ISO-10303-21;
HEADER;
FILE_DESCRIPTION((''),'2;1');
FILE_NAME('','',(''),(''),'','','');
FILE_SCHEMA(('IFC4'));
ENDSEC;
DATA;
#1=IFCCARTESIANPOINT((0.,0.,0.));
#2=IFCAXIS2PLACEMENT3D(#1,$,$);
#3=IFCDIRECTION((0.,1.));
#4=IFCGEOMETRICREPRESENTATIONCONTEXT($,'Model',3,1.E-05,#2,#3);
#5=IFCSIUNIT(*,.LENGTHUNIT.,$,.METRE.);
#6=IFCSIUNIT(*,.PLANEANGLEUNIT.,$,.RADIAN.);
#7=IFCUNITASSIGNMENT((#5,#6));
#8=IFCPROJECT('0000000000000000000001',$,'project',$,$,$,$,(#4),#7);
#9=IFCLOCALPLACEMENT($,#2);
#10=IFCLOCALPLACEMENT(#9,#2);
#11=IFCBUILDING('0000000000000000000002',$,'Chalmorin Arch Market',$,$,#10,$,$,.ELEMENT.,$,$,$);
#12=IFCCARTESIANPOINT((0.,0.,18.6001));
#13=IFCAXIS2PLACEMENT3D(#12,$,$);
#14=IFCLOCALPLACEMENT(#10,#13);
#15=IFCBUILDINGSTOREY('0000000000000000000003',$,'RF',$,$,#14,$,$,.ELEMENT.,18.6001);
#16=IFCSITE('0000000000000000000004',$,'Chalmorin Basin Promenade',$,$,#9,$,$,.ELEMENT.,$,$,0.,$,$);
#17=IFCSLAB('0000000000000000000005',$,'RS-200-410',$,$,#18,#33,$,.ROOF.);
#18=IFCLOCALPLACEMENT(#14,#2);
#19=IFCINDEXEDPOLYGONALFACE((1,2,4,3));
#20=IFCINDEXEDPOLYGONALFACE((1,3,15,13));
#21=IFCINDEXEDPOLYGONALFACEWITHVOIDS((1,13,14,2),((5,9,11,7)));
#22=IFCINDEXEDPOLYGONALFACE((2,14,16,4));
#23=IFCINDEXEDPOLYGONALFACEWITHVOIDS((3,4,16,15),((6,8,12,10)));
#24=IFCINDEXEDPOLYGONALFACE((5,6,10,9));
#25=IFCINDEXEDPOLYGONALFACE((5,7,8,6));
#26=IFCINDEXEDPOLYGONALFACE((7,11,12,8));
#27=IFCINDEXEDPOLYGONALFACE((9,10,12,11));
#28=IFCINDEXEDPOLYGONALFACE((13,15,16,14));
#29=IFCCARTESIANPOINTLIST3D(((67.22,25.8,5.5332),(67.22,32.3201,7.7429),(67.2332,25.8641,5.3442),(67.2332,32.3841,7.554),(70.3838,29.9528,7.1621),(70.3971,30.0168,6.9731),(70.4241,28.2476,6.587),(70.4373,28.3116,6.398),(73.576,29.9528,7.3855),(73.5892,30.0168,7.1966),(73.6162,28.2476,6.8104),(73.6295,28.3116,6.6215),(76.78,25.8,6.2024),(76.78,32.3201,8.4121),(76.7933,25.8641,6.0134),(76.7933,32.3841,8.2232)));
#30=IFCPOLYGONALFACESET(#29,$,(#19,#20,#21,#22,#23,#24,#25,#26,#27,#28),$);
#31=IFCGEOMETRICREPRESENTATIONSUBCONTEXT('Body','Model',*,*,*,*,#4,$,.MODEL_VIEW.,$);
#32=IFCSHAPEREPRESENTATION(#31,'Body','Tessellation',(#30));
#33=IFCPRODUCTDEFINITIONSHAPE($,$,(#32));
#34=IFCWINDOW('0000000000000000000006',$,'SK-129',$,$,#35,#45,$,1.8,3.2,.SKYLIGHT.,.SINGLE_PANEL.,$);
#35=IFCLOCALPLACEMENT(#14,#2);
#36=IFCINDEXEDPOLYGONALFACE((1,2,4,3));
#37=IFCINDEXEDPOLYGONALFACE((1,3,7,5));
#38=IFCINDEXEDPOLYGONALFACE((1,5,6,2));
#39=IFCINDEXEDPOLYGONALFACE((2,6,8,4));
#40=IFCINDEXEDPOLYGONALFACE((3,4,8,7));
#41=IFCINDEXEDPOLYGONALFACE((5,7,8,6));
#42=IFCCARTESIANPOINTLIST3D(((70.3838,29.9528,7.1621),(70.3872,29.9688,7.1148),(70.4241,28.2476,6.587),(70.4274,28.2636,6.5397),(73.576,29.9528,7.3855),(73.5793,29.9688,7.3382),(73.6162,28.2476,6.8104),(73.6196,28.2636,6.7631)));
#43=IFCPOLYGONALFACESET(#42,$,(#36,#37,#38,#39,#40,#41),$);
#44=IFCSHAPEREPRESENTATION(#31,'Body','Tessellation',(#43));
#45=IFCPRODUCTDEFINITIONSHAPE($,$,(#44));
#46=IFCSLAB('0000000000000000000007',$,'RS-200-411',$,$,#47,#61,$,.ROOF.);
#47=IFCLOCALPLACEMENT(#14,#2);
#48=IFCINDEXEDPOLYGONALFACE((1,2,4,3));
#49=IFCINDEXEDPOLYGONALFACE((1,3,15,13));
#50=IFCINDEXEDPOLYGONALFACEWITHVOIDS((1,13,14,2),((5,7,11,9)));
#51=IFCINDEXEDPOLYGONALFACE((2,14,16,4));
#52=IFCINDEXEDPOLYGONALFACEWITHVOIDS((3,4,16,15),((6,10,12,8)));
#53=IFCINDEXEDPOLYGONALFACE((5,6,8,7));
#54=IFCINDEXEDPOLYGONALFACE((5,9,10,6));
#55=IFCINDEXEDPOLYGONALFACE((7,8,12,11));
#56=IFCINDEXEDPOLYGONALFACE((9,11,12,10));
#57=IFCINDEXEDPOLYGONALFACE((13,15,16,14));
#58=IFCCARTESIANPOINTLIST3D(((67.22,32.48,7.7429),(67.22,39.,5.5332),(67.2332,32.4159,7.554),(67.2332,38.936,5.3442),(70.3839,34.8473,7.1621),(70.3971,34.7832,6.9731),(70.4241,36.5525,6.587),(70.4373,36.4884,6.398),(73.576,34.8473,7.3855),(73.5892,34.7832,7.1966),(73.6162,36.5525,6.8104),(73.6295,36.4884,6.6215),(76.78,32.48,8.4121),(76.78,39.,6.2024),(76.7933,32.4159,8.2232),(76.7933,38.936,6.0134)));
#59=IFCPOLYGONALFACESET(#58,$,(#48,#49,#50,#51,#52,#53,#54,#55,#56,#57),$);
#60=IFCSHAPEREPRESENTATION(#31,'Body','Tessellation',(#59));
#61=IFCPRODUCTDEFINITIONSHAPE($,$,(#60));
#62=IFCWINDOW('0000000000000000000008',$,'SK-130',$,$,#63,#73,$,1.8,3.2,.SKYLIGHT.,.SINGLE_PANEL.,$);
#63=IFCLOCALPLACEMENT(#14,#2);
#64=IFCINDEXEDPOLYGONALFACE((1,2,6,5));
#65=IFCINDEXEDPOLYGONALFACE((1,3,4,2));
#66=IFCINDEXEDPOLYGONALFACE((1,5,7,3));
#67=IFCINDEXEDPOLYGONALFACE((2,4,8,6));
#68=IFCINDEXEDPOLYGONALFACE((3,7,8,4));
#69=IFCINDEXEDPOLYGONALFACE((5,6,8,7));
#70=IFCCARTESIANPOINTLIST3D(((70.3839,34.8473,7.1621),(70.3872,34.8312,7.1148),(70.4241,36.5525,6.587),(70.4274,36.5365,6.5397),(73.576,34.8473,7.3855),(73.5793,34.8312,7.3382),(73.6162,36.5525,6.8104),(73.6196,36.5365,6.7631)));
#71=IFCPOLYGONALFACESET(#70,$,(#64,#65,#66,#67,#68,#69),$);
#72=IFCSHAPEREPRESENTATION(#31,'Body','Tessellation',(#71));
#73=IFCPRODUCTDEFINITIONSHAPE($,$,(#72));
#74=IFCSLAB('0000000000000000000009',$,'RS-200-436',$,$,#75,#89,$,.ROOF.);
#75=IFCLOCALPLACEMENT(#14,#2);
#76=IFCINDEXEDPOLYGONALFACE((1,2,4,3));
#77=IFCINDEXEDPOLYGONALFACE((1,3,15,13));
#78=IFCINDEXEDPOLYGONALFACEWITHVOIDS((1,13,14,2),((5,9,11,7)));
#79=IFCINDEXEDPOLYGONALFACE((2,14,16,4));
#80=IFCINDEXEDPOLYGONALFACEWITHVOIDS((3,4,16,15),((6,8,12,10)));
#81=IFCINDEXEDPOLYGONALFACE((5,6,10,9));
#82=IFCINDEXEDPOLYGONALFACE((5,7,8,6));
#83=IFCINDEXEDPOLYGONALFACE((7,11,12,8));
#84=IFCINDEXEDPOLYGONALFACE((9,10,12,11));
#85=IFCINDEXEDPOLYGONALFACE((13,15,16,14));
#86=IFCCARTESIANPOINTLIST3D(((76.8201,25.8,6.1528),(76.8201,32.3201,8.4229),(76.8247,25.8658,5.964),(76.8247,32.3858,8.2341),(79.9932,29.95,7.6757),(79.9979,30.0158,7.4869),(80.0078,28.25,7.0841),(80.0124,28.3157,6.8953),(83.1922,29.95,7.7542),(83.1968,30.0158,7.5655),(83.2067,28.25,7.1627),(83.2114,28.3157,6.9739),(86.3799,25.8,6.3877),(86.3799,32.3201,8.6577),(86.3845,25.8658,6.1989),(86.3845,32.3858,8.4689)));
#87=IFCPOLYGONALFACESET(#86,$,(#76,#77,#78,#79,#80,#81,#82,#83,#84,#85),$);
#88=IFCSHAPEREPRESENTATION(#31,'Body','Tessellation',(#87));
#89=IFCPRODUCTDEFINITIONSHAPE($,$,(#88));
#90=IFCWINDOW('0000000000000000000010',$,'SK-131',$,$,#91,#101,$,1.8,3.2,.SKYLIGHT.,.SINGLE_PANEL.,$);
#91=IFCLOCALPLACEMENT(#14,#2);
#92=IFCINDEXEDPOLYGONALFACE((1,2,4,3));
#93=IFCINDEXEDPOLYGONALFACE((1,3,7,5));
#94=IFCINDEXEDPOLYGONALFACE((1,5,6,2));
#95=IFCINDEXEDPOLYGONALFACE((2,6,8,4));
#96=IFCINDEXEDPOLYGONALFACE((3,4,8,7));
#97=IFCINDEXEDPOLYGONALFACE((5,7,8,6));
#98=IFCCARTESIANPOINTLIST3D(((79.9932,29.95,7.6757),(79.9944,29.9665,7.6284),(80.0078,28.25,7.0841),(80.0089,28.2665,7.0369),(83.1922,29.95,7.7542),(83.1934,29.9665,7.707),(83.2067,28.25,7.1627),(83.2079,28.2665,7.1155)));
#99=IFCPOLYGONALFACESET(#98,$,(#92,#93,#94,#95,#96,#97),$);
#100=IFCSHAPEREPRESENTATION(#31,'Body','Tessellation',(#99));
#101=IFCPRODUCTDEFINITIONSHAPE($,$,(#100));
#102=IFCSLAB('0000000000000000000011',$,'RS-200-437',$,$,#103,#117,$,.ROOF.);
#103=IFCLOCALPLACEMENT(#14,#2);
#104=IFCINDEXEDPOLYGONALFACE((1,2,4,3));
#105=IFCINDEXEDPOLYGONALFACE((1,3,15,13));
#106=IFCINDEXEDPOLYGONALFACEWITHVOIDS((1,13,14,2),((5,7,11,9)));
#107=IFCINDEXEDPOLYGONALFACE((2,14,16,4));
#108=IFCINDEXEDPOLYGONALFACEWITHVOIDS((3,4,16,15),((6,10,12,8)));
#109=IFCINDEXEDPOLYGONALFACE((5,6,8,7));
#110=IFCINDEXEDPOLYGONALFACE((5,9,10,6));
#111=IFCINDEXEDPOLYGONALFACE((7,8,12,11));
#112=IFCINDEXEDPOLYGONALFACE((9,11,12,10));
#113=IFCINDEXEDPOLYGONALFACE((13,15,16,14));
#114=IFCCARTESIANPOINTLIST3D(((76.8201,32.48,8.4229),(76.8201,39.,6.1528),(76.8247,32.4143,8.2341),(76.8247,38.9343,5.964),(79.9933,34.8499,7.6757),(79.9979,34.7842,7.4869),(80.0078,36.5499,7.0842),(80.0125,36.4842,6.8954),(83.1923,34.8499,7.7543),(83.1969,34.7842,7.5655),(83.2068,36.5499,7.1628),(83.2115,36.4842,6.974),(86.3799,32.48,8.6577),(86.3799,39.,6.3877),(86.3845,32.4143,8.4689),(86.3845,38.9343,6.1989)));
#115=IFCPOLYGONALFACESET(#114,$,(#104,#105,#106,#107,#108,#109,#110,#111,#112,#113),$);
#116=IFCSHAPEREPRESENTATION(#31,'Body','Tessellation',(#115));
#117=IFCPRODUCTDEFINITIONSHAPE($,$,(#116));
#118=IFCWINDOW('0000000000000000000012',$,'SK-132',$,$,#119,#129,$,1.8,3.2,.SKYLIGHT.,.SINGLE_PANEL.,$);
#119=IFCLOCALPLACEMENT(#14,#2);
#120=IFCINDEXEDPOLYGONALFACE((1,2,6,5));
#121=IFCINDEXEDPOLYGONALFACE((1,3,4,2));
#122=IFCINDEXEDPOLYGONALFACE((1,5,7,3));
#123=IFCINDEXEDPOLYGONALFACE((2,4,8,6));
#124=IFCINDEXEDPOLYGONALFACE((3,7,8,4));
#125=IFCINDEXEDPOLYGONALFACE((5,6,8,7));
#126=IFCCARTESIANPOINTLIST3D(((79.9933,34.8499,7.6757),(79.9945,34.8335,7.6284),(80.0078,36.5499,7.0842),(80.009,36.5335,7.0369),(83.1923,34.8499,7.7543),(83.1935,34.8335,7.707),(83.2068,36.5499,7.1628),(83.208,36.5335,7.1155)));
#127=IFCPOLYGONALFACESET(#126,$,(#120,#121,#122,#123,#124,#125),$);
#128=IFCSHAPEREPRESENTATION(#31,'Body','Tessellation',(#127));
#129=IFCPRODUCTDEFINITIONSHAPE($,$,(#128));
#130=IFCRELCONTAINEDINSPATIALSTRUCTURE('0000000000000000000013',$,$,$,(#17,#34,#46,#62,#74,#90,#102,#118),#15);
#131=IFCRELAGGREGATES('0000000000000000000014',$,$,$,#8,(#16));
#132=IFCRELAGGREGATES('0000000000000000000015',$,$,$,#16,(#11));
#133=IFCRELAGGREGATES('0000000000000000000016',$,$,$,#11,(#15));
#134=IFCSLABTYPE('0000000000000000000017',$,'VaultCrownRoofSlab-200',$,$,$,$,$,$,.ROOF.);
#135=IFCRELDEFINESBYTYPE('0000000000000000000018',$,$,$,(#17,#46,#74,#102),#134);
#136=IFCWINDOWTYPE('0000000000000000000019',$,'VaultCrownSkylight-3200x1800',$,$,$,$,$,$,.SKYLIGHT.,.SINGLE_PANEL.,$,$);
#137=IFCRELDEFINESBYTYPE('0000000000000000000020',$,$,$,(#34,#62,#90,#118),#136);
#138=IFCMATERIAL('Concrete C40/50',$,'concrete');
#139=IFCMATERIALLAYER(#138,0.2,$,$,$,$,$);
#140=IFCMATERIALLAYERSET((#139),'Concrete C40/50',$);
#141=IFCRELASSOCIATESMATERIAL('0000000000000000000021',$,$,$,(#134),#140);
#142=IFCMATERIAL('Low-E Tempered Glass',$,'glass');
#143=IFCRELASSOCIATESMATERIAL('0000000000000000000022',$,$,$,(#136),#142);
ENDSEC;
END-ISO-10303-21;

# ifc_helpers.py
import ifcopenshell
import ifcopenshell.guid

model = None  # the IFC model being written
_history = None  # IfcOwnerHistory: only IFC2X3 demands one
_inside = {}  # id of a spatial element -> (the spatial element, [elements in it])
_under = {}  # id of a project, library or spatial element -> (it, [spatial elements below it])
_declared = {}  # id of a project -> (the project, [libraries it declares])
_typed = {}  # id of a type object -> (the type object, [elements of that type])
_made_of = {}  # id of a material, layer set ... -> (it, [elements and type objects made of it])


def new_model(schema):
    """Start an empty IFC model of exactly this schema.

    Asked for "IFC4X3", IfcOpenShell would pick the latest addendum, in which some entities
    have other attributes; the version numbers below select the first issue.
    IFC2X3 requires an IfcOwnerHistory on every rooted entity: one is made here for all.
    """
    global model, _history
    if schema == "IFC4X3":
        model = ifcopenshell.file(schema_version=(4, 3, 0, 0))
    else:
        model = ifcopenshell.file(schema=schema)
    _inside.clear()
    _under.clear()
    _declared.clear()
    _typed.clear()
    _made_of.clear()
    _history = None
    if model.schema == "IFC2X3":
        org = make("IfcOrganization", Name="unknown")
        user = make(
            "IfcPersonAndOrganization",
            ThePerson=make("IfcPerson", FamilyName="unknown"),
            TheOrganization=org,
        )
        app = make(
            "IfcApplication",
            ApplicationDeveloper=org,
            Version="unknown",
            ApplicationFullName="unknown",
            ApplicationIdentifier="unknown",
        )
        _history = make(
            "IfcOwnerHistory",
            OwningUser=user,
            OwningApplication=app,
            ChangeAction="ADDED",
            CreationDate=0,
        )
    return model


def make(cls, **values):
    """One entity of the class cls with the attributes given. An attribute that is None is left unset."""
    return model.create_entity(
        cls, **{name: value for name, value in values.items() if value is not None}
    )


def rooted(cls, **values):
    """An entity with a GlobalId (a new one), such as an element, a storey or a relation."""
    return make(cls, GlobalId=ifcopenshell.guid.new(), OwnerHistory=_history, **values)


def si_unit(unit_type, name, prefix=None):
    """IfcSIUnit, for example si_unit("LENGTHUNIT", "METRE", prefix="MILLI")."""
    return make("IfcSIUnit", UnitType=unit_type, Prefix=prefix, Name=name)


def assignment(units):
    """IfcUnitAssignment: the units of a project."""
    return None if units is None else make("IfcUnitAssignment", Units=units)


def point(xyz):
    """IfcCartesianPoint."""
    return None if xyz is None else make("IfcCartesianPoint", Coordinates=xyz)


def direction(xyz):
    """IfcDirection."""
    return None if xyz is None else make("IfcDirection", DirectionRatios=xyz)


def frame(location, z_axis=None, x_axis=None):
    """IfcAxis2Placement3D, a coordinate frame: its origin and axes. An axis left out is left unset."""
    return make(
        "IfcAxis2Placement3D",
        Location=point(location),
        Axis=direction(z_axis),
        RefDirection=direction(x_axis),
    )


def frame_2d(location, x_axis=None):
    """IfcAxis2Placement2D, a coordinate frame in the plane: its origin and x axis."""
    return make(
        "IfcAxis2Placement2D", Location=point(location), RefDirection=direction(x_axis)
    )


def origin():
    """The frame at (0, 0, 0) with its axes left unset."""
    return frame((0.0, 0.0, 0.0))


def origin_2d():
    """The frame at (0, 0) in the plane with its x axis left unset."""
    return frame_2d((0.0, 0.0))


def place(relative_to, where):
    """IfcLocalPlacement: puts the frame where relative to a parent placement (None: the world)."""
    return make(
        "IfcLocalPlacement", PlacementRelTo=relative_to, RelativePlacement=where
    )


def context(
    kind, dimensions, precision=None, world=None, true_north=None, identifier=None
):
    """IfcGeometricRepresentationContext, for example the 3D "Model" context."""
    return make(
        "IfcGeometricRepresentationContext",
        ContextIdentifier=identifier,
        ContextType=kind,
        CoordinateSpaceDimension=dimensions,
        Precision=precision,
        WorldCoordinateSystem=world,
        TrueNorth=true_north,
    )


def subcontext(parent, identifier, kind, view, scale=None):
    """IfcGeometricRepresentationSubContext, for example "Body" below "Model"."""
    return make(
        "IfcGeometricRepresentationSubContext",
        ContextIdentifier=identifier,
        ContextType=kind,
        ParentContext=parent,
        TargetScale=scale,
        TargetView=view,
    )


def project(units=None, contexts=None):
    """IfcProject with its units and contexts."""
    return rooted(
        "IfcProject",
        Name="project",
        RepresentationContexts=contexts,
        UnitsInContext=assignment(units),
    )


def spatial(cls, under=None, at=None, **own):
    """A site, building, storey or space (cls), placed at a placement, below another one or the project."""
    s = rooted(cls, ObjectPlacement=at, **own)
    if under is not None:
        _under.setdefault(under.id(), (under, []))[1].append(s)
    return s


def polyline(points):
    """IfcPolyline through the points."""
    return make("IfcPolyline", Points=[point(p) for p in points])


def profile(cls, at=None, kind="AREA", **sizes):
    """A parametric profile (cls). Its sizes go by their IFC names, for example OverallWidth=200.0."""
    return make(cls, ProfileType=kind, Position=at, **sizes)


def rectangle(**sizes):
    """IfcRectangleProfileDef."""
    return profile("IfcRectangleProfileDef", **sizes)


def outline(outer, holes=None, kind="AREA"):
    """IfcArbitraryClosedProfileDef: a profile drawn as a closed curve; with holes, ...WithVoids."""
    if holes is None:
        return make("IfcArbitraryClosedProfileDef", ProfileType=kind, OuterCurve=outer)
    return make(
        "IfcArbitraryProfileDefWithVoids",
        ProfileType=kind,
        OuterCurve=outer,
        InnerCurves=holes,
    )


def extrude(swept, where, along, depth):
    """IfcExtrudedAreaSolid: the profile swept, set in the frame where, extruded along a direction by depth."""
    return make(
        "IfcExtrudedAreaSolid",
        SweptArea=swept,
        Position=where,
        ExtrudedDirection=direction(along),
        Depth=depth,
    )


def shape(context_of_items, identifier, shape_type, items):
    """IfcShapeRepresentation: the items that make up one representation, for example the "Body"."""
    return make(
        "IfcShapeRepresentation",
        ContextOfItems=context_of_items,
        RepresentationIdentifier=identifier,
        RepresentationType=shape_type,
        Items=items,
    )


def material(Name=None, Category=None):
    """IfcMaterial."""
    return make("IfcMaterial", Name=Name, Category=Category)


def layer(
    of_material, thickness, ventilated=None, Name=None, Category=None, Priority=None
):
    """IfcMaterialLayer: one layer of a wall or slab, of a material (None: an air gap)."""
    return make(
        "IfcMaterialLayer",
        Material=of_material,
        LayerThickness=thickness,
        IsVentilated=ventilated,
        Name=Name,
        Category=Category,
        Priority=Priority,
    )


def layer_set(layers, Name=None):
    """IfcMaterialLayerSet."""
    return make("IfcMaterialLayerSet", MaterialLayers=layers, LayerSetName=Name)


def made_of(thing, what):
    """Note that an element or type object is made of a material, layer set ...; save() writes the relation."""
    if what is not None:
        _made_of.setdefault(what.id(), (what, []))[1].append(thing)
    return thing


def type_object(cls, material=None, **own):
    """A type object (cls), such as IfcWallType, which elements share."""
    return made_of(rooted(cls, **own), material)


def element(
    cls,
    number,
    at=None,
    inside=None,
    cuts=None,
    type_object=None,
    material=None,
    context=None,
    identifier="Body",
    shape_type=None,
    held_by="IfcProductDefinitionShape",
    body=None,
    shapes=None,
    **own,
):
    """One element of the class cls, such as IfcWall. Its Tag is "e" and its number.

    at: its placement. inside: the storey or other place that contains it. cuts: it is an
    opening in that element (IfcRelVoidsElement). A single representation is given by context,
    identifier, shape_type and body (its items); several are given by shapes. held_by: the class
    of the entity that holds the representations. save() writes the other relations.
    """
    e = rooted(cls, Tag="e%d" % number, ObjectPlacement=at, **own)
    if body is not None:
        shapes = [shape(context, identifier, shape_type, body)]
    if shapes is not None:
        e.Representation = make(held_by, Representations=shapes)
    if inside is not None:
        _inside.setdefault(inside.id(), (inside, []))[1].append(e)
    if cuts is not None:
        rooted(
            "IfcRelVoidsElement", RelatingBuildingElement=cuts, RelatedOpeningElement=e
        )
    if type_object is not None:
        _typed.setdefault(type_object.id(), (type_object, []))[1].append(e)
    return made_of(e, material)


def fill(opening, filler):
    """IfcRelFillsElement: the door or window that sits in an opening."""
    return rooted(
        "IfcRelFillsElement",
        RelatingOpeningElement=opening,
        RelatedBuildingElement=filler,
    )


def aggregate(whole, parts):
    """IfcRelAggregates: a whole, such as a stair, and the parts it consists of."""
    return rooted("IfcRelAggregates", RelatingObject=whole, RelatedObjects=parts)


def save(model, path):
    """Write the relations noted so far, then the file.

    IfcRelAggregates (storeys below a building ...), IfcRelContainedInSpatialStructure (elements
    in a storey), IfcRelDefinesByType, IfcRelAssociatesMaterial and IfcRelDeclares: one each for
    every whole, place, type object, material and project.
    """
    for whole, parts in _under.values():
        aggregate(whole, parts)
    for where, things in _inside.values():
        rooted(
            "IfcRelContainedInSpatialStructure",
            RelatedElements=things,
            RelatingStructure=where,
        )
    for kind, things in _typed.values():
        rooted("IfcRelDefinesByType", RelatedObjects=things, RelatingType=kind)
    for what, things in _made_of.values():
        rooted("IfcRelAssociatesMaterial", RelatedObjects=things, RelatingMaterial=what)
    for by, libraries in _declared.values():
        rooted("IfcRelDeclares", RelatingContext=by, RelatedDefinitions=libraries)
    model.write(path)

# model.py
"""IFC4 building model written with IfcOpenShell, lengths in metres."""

from ifc_helpers import new_model, si_unit, direction, frame, origin, origin_2d, place, context, subcontext, project, spatial, polyline, rectangle, outline, extrude, material, layer, layer_set, type_object, element, fill, save


model = new_model("IFC4")

# Units and contexts
model_context = context("Model", 3, precision=1e-05, world=origin(), true_north=direction((0.0, 1.0)))
body_context = subcontext(model_context, "Body", "Model", "MODEL_VIEW")
ifc_project = project(units=[si_unit("LENGTHUNIT", "METRE"), si_unit("PLANEANGLEUNIT", "RADIAN")], contexts=[model_context])

# Site, building, storey
site_placement = place(None, origin())
site = spatial("IfcSite", under=ifc_project, at=site_placement, Name="Chalmorin Basin Promenade", CompositionType="ELEMENT", RefElevation=0.0)
building_placement = place(site_placement, origin())
building = spatial("IfcBuilding", under=site, at=building_placement, Name="Chalmorin Arch Market", CompositionType="ELEMENT")
storey_placement = place(building_placement, frame((0.0, 0.0, 18.6001)))
storey = spatial("IfcBuildingStorey", under=building, at=storey_placement, Name="RF", CompositionType="ELEMENT", Elevation=18.6001)

# Slabs, openings, windows
ifc_material_1 = material(Name="Concrete C40/50", Category="concrete")
ifc_layer = layer(ifc_material_1, 0.2)
ifc_layer_set = layer_set([ifc_layer], Name="Concrete C40/50")
slab_type = type_object("IfcSlabType", Name="VaultCrownRoofSlab-200", PredefinedType="ROOF", material=ifc_layer_set)
slab_1_placement = place(storey_placement, frame((67.22, 25.8, 5.5332), z_axis=(-0.066149, -0.320276, 0.945012), x_axis=(0.997559, 0.0, 0.069828)))
slab_1 = element("IfcSlab", 1, at=slab_1_placement, inside=storey, type_object=slab_type, Name="RS-200-410", PredefinedType="ROOF", context=body_context, shape_type="SweptSolid", body=[
    extrude(outline(polyline([(0.0, 0.0), (9.5835, 0.0), (9.7378, 6.8826), (0.1543, 6.8826), (0.0, 0.0)])), origin(), (0.0, 0.0, -1.0), 0.2),
])
opening_1_placement = place(slab_1_placement, frame((4.8699, 3.4836, -0.2148)))
opening_1 = element("IfcOpeningElement", 2, at=opening_1_placement, cuts=slab_1, PredefinedType="OPENING", context=body_context, shape_type="SweptSolid", body=[
    extrude(rectangle(XDim=3.2, YDim=1.8, at=origin_2d()), origin(), (0.0, 0.0, 1.0), 0.23),
])
ifc_material_2 = material(Name="Low-E Tempered Glass", Category="glass")
window_type = type_object("IfcWindowType", Name="VaultCrownSkylight-3200x1800", PartitioningType="SINGLE_PANEL", PredefinedType="SKYLIGHT", material=ifc_material_2)
window_1_placement = place(slab_1_placement, frame((4.8699, 3.4836, -0.05)))
window_1 = element("IfcWindow", 3, at=window_1_placement, inside=storey, type_object=window_type, Name="SK-129", OverallHeight=1.8, OverallWidth=3.2, PartitioningType="SINGLE_PANEL", PredefinedType="SKYLIGHT", context=body_context, shape_type="SweptSolid", body=[
    extrude(rectangle(XDim=3.2, YDim=1.8, at=origin_2d()), origin(), (0.0, 0.0, 1.0), 0.05),
])
fill(opening_1, window_1)
slab_2_placement = place(storey_placement, frame((67.22, 32.48, 7.7429), z_axis=(-0.066149, 0.320276, 0.945012), x_axis=(0.997559, 0.0, 0.069828)))
slab_2 = element("IfcSlab", 4, at=slab_2_placement, inside=storey, type_object=slab_type, Name="RS-200-411", PredefinedType="ROOF", context=body_context, shape_type="SweptSolid", body=[
    extrude(outline(polyline([(0.0, 0.0), (9.5835, 0.0), (9.4292, 6.8826), (-0.1543, 6.8826), (0.0, 0.0)])), origin(), (0.0, 0.0, -1.0), 0.2),
])
opening_2_placement = place(slab_2_placement, frame((4.7156, 3.3989, -0.2148)))
opening_2 = element("IfcOpeningElement", 5, at=opening_2_placement, cuts=slab_2, PredefinedType="OPENING", context=body_context, shape_type="SweptSolid", body=[
    extrude(rectangle(XDim=3.2, YDim=1.8, at=origin_2d()), origin(), (0.0, 0.0, 1.0), 0.23),
])
window_2_placement = place(slab_2_placement, frame((4.7156, 3.3989, -0.05)))
window_2 = element("IfcWindow", 6, at=window_2_placement, inside=storey, type_object=window_type, Name="SK-130", OverallHeight=1.8, OverallWidth=3.2, PartitioningType="SINGLE_PANEL", PredefinedType="SKYLIGHT", context=body_context, shape_type="SweptSolid", body=[
    extrude(rectangle(XDim=3.2, YDim=1.8, at=origin_2d()), origin(), (0.0, 0.0, 1.0), 0.05),
])
fill(opening_2, window_2)
slab_3_placement = place(storey_placement, frame((76.8201, 25.8, 6.1528), z_axis=(-0.023196, -0.328715, 0.944144), x_axis=(0.999698, 0.0, 0.02456)))
slab_3 = element("IfcSlab", 7, at=slab_3_placement, inside=storey, type_object=slab_type, Name="RS-200-436", PredefinedType="ROOF", context=body_context, shape_type="SweptSolid", body=[
    extrude(outline(polyline([(0.0, 0.0), (9.5627, 0.0), (9.6185, 6.9037), (0.0558, 6.9037), (0.0, 0.0)])), origin(), (0.0, 0.0, -1.0), 0.2),
])
opening_3_placement = place(slab_3_placement, frame((4.8096, 3.4941, -0.2148)))
opening_3 = element("IfcOpeningElement", 8, at=opening_3_placement, cuts=slab_3, PredefinedType="OPENING", context=body_context, shape_type="SweptSolid", body=[
    extrude(rectangle(XDim=3.2, YDim=1.8, at=origin_2d()), origin(), (0.0, 0.0, 1.0), 0.23),
])
window_3_placement = place(slab_3_placement, frame((4.8096, 3.4941, -0.05)))
window_3 = element("IfcWindow", 9, at=window_3_placement, inside=storey, type_object=window_type, Name="SK-131", OverallHeight=1.8, OverallWidth=3.2, PartitioningType="SINGLE_PANEL", PredefinedType="SKYLIGHT", context=body_context, shape_type="SweptSolid", body=[
    extrude(rectangle(XDim=3.2, YDim=1.8, at=origin_2d()), origin(), (0.0, 0.0, 1.0), 0.05),
])
fill(opening_3, window_3)
slab_4_placement = place(storey_placement, frame((76.8201, 32.48, 8.4229), z_axis=(-0.023196, 0.328715, 0.944144), x_axis=(0.999698, 0.0, 0.02456)))
slab_4 = element("IfcSlab", 10, at=slab_4_placement, inside=storey, type_object=slab_type, Name="RS-200-437", PredefinedType="ROOF", context=body_context, shape_type="SweptSolid", body=[
    extrude(outline(polyline([(0.0, 0.0), (9.5627, 0.0), (9.5069, 6.9037), (-0.0558, 6.9037), (0.0, 0.0)])), origin(), (0.0, 0.0, -1.0), 0.2),
])
opening_4_placement = place(slab_4_placement, frame((4.7539, 3.4094, -0.2148)))
opening_4 = element("IfcOpeningElement", 11, at=opening_4_placement, cuts=slab_4, PredefinedType="OPENING", context=body_context, shape_type="SweptSolid", body=[
    extrude(rectangle(XDim=3.2, YDim=1.8, at=origin_2d()), origin(), (0.0, 0.0, 1.0), 0.23),
])
window_4_placement = place(slab_4_placement, frame((4.7539, 3.4094, -0.05)))
window_4 = element("IfcWindow", 12, at=window_4_placement, inside=storey, type_object=window_type, Name="SK-132", OverallHeight=1.8, OverallWidth=3.2, PartitioningType="SINGLE_PANEL", PredefinedType="SKYLIGHT", context=body_context, shape_type="SweptSolid", body=[
    extrude(rectangle(XDim=3.2, YDim=1.8, at=origin_2d()), origin(), (0.0, 0.0, 1.0), 0.05),
])
fill(opening_4, window_4)

save(model, "model.ifc")
